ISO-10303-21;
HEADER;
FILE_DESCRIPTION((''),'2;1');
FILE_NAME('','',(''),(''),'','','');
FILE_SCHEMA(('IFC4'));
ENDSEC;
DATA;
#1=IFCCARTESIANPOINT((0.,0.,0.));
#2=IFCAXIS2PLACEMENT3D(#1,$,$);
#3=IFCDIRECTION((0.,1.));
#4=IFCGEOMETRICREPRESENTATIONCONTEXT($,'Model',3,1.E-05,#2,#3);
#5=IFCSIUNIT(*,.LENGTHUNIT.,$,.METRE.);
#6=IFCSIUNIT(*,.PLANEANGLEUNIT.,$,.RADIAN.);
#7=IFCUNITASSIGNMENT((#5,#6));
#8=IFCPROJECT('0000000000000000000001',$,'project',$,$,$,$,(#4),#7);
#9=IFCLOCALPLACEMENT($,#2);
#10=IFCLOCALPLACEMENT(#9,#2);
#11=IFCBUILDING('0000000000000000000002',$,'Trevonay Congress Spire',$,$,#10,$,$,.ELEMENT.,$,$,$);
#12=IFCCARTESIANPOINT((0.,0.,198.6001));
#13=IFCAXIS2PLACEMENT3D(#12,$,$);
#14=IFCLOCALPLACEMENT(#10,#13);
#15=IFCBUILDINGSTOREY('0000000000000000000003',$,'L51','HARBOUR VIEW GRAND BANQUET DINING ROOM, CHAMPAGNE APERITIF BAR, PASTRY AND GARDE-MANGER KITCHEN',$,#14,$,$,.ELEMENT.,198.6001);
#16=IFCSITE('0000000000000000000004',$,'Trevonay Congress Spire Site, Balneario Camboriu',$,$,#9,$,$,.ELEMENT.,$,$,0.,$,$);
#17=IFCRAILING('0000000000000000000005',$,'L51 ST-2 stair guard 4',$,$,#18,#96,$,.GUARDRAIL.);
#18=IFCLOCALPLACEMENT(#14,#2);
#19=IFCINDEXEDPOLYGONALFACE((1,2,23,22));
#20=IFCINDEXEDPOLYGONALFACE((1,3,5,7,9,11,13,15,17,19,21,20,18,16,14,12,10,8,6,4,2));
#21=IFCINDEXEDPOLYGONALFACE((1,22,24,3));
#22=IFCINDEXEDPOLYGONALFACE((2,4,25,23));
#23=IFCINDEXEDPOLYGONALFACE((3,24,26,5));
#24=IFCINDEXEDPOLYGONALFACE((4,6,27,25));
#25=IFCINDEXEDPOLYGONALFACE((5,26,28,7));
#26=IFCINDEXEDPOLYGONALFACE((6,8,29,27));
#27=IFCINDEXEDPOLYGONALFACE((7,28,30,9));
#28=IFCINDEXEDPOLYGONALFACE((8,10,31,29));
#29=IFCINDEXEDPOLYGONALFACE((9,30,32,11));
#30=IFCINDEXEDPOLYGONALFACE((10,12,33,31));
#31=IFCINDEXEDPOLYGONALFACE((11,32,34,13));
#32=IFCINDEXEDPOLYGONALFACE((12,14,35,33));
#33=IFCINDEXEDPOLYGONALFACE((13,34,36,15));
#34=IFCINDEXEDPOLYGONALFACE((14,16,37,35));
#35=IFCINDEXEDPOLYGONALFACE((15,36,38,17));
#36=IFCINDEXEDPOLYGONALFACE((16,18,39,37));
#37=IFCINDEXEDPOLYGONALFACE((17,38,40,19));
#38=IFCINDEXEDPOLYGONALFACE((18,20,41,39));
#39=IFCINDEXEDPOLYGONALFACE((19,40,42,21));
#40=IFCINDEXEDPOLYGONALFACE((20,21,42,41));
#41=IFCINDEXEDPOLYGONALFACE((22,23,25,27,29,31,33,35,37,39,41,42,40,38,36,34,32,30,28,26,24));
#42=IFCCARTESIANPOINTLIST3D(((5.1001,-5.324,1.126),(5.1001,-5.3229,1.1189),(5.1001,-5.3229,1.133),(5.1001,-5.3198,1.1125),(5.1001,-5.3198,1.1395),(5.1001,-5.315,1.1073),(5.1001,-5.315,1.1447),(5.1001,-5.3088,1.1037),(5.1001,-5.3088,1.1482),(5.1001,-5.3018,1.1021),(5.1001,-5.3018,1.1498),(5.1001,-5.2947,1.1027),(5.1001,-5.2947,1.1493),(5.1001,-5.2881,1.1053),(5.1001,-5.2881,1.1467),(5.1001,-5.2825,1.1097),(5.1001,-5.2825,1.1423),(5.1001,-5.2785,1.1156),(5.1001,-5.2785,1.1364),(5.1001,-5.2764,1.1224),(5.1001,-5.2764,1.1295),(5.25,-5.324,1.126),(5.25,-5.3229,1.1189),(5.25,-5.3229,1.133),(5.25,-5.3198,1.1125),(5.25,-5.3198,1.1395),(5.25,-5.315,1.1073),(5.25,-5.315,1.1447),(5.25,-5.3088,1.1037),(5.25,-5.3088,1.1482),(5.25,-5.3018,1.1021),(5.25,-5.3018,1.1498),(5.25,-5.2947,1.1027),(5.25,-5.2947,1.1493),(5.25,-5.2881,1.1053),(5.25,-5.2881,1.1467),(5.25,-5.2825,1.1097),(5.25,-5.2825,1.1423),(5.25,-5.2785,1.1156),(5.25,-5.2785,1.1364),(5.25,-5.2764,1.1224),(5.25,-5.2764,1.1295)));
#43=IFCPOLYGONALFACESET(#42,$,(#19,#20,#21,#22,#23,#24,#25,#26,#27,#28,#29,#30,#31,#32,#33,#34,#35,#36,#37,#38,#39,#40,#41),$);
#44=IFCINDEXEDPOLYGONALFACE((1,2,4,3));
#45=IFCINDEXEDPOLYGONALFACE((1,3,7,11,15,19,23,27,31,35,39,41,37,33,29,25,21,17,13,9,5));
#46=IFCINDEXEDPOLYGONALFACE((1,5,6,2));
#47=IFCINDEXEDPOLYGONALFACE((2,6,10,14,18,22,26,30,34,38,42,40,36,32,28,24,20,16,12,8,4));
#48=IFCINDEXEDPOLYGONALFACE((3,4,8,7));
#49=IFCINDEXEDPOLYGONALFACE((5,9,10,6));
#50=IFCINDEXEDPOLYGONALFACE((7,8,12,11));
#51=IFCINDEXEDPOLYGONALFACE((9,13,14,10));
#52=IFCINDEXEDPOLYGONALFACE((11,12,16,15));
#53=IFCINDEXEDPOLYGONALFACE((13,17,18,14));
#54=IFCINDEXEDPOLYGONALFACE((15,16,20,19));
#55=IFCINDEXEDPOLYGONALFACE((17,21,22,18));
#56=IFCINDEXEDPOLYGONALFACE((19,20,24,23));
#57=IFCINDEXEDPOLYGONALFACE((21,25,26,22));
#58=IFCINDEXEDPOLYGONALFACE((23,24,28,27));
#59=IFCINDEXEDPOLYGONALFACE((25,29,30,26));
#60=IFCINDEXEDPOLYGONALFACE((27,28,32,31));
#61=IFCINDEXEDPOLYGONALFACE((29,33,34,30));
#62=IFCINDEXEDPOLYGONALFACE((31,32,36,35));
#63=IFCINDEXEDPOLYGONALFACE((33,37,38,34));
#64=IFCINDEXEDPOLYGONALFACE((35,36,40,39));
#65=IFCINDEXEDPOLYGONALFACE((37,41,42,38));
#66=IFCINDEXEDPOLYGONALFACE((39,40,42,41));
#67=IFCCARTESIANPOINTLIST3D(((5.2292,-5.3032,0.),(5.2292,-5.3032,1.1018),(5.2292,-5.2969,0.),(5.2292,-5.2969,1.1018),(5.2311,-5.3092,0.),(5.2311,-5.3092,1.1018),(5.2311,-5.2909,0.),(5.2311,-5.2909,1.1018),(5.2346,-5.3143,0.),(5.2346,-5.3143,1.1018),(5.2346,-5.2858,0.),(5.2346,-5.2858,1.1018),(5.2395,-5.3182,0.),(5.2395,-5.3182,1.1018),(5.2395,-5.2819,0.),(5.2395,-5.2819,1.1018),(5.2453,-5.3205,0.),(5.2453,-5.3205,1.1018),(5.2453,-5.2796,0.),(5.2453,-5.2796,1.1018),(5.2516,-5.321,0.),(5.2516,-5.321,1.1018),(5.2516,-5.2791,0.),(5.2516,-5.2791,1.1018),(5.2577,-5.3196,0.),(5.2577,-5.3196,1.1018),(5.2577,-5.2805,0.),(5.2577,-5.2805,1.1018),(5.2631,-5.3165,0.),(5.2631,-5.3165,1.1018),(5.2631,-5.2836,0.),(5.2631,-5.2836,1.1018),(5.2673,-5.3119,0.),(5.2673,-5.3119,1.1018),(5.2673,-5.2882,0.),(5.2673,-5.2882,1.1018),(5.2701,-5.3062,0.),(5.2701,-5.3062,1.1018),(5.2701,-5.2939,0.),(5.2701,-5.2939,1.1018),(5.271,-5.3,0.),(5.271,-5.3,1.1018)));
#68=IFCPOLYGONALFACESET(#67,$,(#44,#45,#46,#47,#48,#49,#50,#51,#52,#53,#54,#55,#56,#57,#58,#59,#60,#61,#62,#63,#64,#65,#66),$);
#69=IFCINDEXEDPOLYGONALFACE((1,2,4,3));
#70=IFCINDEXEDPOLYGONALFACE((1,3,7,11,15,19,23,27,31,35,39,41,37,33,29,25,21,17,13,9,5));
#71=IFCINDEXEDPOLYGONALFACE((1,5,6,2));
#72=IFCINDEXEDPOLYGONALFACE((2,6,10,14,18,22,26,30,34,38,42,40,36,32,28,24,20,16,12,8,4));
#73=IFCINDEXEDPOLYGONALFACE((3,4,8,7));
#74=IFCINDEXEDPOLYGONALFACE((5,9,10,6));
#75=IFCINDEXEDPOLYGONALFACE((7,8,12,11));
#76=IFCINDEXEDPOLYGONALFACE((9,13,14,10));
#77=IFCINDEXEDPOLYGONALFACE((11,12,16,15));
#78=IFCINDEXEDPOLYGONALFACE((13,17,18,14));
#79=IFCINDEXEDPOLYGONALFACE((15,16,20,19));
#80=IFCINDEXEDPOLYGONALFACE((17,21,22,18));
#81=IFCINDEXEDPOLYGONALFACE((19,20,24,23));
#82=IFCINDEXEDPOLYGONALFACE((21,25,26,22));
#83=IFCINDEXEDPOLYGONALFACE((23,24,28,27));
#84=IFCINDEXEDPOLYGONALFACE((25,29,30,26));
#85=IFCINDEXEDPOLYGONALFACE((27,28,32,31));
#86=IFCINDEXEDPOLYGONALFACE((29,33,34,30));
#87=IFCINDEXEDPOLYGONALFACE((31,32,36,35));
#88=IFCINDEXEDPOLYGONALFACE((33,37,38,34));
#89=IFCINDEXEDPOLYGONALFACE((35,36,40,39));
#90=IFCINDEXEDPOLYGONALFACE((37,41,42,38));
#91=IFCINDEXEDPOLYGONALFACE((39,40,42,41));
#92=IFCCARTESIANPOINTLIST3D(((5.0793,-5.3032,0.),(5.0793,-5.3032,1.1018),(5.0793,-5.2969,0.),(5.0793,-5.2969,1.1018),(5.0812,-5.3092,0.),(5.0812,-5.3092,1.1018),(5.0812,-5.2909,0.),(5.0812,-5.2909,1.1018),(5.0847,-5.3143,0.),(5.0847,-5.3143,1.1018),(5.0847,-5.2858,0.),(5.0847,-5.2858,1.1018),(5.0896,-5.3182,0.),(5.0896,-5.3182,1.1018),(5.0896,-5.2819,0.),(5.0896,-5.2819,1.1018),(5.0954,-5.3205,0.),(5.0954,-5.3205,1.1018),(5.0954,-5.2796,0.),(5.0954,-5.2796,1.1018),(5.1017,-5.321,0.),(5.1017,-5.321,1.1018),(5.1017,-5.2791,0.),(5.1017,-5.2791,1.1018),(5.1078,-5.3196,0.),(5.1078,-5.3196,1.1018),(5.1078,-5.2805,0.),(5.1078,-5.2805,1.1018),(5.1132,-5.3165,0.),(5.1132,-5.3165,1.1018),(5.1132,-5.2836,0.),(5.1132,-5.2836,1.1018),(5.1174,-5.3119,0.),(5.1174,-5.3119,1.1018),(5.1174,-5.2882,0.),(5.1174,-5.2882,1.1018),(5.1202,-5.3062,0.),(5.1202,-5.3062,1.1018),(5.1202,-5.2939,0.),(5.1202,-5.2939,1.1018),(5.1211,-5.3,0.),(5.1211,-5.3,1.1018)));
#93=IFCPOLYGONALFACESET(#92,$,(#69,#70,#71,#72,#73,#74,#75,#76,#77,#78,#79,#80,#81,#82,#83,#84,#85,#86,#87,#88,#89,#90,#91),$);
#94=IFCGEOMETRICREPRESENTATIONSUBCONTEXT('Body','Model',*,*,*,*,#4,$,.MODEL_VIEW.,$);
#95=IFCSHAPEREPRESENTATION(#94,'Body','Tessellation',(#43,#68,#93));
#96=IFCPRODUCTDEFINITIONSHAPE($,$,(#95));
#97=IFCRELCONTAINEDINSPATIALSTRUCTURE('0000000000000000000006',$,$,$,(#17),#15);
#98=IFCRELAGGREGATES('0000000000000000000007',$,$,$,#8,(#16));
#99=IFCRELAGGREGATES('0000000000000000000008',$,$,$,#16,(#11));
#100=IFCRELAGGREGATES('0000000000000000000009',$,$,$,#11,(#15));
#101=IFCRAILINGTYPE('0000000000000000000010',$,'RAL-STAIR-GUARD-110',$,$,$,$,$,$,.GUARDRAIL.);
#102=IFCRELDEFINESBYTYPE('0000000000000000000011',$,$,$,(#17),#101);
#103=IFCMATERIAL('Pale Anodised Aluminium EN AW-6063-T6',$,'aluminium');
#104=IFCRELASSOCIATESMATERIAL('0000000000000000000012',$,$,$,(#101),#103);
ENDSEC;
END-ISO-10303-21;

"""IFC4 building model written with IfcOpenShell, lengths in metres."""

from ifc_helpers import new_model, si_unit, direction, frame, origin, origin_2d, place, context, subcontext, project, spatial, circle, extrude, material, type_object, element, save


model = new_model("IFC4")

# Units and contexts
model_context = context("Model", 3, precision=1e-05, world=origin(), true_north=direction((0.0, 1.0)))
body_context = subcontext(model_context, "Body", "Model", "MODEL_VIEW")
ifc_project = project(units=[si_unit("LENGTHUNIT", "METRE"), si_unit("PLANEANGLEUNIT", "RADIAN")], contexts=[model_context])

# Site, building, storey
site_placement = place(None, origin())
site = spatial("IfcSite", under=ifc_project, at=site_placement, Name="Trevonay Congress Spire Site, Balneario Camboriu", CompositionType="ELEMENT", RefElevation=0.0)
building_placement = place(site_placement, origin())
building = spatial("IfcBuilding", under=site, at=building_placement, Name="Trevonay Congress Spire", CompositionType="ELEMENT")
storey_placement = place(building_placement, frame((0.0, 0.0, 198.6001)))
storey = spatial("IfcBuildingStorey", under=building, at=storey_placement, Name="L51", Description="HARBOUR VIEW GRAND BANQUET DINING ROOM, CHAMPAGNE APERITIF BAR, PASTRY AND GARDE-MANGER KITCHEN", CompositionType="ELEMENT", Elevation=198.6001)

# Shared definitions
ifc_material_1 = material(Name="Pale Anodised Aluminium EN AW-6063-T6", Category="aluminium")

# Railing
railing_type_1 = type_object("IfcRailingType", Name="RAL-STAIR-GUARD-110", PredefinedType="GUARDRAIL", material=ifc_material_1)
railing_1_placement = place(storey_placement, frame((5.25, -5.3, 0.0)))
element("IfcRailing", 1, at=railing_1_placement, inside=storey, type_object=railing_type_1, Name="L51 ST-2 stair guard 4", PredefinedType="GUARDRAIL", context=body_context, shape_type="SweptSolid", body=[
    extrude(circle(Radius=0.0239, at=origin_2d()), frame((0.0, 0.0, 1.126), z_axis=(-1.0, 0.0, 0.0), x_axis=(0.0, -1.0, 0.0)), (0.0, 0.0, 1.0), 0.1499),
    extrude(circle(Radius=0.021, at=origin_2d()), origin(), (0.0, 0.0, 1.0), 1.1018),
    extrude(circle(Radius=0.021, at=origin_2d()), frame((-0.1499, 0.0, 0.0)), (0.0, 0.0, 1.0), 1.1018),
])

save(model, "model.ifc")
